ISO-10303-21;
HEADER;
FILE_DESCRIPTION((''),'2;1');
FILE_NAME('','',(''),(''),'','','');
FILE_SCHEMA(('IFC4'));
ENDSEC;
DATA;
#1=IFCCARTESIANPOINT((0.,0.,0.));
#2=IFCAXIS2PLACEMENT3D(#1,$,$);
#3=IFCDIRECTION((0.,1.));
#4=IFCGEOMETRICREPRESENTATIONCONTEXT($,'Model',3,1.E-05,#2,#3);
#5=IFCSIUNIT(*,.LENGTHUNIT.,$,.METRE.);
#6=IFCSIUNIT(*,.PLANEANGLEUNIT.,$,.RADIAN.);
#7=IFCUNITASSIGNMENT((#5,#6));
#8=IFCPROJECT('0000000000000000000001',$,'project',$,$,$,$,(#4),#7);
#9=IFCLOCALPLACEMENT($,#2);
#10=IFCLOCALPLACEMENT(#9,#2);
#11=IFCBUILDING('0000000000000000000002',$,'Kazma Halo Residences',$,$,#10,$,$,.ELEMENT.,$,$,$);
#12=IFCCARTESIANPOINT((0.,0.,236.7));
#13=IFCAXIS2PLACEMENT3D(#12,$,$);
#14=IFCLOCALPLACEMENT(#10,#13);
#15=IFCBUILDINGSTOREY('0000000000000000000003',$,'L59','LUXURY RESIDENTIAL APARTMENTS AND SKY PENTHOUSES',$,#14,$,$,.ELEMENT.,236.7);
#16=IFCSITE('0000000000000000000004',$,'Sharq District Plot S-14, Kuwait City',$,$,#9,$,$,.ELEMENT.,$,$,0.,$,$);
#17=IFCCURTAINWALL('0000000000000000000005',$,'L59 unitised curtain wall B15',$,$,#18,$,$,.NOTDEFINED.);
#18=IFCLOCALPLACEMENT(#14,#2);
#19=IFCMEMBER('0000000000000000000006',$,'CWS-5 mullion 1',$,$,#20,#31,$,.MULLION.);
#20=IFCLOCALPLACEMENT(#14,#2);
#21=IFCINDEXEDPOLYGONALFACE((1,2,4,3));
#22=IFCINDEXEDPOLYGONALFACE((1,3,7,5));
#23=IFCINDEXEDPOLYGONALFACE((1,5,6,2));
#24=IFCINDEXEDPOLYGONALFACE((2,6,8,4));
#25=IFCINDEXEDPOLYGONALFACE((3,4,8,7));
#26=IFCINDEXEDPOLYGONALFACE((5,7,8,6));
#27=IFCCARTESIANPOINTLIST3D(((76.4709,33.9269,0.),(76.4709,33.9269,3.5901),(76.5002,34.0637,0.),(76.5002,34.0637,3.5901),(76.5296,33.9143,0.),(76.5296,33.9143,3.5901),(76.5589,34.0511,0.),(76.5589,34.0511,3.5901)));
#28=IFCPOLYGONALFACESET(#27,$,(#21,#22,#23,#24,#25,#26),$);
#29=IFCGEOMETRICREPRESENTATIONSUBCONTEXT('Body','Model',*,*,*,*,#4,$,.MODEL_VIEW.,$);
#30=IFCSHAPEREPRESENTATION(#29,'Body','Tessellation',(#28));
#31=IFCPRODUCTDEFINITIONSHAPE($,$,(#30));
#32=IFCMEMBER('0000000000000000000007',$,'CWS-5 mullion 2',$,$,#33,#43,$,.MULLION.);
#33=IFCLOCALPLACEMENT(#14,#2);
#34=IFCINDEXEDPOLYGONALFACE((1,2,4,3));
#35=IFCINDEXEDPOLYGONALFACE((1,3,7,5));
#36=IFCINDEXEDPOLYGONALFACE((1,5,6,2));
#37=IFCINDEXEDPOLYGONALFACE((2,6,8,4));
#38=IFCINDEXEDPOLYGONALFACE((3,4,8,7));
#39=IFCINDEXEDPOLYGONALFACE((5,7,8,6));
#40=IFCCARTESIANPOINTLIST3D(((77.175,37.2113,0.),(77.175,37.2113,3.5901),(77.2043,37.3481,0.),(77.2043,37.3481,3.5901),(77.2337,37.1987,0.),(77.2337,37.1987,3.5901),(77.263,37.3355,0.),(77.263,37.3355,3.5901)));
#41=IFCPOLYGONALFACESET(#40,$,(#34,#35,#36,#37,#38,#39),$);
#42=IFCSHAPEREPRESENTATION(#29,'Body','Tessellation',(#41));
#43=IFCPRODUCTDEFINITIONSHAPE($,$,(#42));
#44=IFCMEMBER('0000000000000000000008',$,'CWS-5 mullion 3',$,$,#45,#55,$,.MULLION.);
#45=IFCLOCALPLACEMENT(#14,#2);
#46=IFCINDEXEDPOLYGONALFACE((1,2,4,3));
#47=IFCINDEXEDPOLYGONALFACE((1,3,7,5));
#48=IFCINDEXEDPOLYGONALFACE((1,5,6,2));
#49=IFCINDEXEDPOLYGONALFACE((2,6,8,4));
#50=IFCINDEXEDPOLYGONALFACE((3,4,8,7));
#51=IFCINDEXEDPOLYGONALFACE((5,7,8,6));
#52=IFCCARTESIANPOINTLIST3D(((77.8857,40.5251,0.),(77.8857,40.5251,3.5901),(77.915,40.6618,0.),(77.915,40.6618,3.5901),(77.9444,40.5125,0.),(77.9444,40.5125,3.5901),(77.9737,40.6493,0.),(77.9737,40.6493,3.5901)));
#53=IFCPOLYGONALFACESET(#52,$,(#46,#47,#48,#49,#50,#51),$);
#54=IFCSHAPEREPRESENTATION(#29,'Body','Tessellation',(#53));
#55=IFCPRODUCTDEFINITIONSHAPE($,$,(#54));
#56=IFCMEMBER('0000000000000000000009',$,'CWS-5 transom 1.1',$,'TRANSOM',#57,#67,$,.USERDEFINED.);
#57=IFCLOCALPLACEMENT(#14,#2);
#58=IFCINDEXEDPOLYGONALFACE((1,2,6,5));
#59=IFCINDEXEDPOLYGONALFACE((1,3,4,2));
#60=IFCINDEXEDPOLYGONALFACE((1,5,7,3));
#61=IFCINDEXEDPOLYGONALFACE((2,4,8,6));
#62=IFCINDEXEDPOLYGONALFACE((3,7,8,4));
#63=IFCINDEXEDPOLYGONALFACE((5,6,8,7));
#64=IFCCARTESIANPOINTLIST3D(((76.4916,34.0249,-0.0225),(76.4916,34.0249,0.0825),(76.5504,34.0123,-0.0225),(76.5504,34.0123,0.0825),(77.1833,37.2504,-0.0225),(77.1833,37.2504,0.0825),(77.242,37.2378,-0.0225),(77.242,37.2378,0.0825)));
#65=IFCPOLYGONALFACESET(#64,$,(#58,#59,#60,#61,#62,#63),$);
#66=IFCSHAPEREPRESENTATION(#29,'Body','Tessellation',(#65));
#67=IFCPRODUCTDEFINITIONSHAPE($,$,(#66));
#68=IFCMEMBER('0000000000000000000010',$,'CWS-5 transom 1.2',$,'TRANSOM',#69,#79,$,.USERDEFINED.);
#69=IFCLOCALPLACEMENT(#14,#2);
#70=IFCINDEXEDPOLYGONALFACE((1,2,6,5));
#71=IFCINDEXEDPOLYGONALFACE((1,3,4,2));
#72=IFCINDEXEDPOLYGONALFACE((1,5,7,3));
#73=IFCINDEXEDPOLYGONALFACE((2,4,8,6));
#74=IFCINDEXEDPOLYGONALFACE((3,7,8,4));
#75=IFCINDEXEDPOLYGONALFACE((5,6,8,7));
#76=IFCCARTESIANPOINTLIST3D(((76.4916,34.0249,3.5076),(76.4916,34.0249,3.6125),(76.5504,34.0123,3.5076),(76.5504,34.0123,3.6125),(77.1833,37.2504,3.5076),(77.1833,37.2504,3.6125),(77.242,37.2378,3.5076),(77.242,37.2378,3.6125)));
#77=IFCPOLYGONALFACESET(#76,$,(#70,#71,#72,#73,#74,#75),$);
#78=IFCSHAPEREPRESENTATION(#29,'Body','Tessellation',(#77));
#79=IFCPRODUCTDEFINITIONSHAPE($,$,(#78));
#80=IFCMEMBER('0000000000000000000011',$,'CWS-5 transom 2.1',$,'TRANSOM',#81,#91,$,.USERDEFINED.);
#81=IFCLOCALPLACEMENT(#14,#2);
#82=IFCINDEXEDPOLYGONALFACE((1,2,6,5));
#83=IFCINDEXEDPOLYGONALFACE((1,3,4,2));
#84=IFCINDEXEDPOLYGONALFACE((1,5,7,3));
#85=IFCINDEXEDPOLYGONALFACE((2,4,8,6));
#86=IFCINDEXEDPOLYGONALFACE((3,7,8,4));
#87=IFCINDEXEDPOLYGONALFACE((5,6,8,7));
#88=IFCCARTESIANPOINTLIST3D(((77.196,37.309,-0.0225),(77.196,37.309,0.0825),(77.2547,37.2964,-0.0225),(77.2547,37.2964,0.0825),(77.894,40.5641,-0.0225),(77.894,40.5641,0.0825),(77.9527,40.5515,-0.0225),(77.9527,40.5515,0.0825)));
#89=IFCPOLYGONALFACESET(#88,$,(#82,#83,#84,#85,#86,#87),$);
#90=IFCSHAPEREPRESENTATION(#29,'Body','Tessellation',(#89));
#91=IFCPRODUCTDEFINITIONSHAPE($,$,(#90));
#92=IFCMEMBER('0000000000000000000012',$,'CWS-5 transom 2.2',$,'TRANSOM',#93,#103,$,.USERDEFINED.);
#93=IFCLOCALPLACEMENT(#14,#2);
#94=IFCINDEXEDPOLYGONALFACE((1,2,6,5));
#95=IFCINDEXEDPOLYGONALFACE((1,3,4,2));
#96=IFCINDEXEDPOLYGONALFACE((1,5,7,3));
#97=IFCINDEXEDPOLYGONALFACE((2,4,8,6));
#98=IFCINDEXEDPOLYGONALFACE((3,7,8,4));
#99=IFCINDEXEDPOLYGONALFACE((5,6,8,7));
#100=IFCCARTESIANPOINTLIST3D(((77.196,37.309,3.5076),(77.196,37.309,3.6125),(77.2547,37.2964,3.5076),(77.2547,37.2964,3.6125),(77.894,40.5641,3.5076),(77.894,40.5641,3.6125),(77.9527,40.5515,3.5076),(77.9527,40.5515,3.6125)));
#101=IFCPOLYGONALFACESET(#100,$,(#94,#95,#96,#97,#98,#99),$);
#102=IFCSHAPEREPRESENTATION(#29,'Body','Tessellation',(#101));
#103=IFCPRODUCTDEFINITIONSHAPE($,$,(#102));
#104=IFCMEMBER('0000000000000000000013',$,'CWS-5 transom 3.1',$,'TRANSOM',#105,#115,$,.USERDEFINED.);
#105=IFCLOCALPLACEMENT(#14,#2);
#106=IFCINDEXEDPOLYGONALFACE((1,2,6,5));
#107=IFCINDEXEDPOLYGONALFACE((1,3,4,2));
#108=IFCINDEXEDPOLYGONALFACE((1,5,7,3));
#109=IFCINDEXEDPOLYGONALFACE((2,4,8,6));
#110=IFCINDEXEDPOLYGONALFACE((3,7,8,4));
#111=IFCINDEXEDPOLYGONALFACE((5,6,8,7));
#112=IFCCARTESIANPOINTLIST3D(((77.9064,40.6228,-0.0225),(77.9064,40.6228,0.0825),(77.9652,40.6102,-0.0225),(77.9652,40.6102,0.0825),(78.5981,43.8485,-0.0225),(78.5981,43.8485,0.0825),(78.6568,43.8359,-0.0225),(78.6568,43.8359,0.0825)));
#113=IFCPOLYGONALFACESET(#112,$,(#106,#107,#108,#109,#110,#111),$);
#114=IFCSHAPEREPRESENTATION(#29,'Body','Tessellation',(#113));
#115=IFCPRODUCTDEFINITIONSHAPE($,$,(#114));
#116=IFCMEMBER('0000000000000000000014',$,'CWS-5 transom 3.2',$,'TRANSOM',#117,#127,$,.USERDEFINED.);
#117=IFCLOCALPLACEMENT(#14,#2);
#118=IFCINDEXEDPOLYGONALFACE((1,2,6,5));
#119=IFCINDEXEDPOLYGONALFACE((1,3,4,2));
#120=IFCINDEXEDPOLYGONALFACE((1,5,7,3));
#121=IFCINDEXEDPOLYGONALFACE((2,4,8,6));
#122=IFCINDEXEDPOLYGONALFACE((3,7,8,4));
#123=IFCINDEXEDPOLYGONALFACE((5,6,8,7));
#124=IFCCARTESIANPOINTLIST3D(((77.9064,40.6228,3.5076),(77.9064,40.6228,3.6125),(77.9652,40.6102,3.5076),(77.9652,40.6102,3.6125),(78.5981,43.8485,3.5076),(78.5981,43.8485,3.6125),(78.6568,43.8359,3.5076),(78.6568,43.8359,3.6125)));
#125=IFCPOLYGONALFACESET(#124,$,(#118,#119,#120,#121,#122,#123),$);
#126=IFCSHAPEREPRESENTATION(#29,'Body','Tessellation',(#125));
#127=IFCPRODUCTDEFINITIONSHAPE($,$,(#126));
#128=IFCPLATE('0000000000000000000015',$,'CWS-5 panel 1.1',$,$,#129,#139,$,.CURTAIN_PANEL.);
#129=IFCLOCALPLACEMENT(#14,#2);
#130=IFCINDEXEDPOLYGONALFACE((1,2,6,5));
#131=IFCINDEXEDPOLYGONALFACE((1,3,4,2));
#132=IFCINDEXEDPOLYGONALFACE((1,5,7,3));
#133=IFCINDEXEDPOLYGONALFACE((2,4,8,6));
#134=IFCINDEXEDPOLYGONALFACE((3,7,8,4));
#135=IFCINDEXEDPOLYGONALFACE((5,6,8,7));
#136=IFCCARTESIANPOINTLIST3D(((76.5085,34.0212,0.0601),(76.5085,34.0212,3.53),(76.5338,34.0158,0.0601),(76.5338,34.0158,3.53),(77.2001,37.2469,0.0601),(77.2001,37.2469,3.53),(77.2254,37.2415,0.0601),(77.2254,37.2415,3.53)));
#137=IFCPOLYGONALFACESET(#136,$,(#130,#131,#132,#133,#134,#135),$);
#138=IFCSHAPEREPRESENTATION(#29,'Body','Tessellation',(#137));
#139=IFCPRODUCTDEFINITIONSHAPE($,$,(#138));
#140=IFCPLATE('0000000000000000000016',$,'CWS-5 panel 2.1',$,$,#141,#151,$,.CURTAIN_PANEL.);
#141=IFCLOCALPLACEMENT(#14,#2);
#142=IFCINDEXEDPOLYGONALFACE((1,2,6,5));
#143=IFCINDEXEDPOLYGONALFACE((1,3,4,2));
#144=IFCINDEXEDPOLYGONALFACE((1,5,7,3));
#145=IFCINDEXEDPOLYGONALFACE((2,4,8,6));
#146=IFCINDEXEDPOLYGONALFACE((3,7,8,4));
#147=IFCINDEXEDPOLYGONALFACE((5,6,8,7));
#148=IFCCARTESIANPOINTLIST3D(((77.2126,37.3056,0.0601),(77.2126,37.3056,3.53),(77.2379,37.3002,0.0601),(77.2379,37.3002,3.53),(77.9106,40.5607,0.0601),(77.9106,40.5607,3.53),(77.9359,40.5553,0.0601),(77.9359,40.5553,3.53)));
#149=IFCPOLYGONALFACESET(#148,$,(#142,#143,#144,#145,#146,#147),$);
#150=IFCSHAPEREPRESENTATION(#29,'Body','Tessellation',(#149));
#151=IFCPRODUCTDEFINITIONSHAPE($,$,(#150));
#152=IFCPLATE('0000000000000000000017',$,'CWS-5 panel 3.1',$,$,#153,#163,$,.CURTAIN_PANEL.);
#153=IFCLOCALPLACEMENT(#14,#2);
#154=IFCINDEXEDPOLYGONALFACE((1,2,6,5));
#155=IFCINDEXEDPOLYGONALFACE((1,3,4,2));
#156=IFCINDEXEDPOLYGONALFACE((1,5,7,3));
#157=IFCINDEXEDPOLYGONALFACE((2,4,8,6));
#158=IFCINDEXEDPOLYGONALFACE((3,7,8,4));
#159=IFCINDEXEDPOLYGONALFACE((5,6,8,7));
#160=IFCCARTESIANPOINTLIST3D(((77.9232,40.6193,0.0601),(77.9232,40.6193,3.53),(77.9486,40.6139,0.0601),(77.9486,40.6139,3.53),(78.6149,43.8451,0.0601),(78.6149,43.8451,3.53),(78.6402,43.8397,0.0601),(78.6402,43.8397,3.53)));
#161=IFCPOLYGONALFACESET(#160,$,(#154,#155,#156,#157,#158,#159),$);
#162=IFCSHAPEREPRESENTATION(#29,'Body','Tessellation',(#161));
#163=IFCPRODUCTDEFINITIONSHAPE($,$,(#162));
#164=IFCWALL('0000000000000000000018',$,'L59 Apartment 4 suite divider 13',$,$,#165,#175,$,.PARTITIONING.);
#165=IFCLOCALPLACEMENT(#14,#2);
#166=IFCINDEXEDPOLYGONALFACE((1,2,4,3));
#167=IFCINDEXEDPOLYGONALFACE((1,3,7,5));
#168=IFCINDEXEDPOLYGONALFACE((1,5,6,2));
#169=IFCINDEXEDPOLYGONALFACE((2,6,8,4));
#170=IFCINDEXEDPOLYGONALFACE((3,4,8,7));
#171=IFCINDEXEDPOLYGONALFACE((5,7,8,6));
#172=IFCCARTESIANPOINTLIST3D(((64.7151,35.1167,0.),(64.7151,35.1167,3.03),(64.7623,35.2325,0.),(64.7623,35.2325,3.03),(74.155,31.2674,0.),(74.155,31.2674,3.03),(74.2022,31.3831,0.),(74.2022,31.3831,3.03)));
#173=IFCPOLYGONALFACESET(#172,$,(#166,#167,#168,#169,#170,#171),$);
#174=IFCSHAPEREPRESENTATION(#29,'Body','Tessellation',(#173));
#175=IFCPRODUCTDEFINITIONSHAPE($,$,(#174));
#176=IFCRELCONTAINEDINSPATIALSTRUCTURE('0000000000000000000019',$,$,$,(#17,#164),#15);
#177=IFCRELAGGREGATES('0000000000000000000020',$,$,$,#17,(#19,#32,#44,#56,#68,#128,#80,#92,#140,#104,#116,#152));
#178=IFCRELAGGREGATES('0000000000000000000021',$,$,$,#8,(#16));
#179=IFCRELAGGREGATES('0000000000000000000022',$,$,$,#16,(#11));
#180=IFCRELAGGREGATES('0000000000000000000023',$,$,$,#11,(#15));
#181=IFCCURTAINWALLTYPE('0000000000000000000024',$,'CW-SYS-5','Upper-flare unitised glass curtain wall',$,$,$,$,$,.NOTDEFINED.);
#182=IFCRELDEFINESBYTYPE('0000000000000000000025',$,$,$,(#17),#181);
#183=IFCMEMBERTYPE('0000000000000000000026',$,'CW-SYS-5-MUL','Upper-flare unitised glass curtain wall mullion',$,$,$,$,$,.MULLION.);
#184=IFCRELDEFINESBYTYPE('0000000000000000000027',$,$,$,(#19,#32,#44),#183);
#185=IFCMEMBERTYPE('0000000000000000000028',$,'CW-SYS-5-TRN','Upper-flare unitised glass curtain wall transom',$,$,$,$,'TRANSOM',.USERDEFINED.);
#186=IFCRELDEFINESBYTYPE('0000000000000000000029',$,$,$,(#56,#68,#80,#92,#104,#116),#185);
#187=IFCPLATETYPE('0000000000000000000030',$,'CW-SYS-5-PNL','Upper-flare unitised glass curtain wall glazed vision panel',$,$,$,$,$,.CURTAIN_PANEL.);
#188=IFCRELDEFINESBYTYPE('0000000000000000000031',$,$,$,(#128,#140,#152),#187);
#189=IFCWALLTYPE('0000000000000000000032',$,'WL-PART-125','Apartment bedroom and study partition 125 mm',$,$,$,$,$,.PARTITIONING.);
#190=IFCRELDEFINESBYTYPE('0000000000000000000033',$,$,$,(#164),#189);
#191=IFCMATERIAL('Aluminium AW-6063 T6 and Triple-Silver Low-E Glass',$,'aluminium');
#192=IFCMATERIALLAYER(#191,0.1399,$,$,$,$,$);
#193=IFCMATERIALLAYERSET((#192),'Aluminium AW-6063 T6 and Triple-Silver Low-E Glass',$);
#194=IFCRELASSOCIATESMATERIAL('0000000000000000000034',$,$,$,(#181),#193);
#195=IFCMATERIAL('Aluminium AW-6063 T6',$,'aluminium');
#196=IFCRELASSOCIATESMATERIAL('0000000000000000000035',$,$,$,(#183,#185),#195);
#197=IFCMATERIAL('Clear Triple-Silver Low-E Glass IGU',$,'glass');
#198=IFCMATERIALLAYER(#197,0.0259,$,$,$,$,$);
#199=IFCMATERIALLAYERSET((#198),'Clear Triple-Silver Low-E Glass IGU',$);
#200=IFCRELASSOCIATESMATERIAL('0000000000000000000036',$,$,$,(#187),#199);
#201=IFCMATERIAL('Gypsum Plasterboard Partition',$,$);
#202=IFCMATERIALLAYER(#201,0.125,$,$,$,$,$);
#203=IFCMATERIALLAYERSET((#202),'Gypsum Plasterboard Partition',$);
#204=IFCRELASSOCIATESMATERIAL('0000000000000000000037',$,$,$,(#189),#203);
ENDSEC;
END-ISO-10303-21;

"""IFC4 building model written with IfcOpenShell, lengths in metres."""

from ifc_helpers import new_model, si_unit, direction, frame, frame_2d, origin, origin_2d, place, context, subcontext, project, spatial, rectangle, extrude, material, layer, layer_set, material_profile, profile_set, type_object, element, aggregate, save


model = new_model("IFC4")

# Units and contexts
model_context = context("Model", 3, precision=1e-05, world=origin(), true_north=direction((0.0, 1.0)))
body_context = subcontext(model_context, "Body", "Model", "MODEL_VIEW")
ifc_project = project(units=[si_unit("LENGTHUNIT", "METRE"), si_unit("PLANEANGLEUNIT", "RADIAN")], contexts=[model_context])

# Site, building, storey
site_placement = place(None, origin())
site = spatial("IfcSite", under=ifc_project, at=site_placement, Name="Sharq District Plot S-14, Kuwait City", CompositionType="ELEMENT", RefElevation=0.0)
building_placement = place(site_placement, origin())
building = spatial("IfcBuilding", under=site, at=building_placement, Name="Kazma Halo Residences", CompositionType="ELEMENT")
storey_placement = place(building_placement, frame((0.0, 0.0, 236.7)))
storey = spatial("IfcBuildingStorey", under=building, at=storey_placement, Name="L59", Description="LUXURY RESIDENTIAL APARTMENTS AND SKY PENTHOUSES", CompositionType="ELEMENT", Elevation=236.7)

# Curtain wall, members, plates
ifc_material_1 = material(Name="Aluminium AW-6063 T6 and Triple-Silver Low-E Glass", Category="aluminium")
ifc_layer_1 = layer(ifc_material_1, 0.1399)
ifc_layer_set_1 = layer_set([ifc_layer_1], Name="Aluminium AW-6063 T6 and Triple-Silver Low-E Glass")
curtain_wall_type = type_object("IfcCurtainWallType", Name="CW-SYS-5", Description="Upper-flare unitised glass curtain wall", PredefinedType="NOTDEFINED", material=ifc_layer_set_1)
curtain_wall_placement = place(storey_placement, origin())
curtain_wall = element("IfcCurtainWall", 1, at=curtain_wall_placement, inside=storey, type_object=curtain_wall_type, Name="L59 unitised curtain wall B15", PredefinedType="NOTDEFINED")
ifc_material_2 = material(Name="Aluminium AW-6063 T6", Category="aluminium")
ifc_material_profile_1 = material_profile(ifc_material_2, rectangle(XDim=0.0601, YDim=0.1399, at=origin_2d()), Name="CWM-60x140")
ifc_profile_set_1 = profile_set([ifc_material_profile_1], Name="Aluminium AW-6063 T6")
member_type_1 = type_object("IfcMemberType", Name="CW-SYS-5-MUL", Description="Upper-flare unitised glass curtain wall mullion", PredefinedType="MULLION", material=ifc_profile_set_1)
member_1_placement = place(storey_placement, frame((76.5149, 33.989, 0.0), z_axis=(0.0, 0.0, 1.0), x_axis=(-0.977775, 0.209657, 0.0)))
member_1 = element("IfcMember", 2, at=member_1_placement, type_object=member_type_1, Name="CWS-5 mullion 1", PredefinedType="MULLION", context=body_context, shape_type="SweptSolid", body=[
    extrude(rectangle(XDim=0.0601, YDim=0.1399, at=origin_2d()), origin(), (0.0, 0.0, 1.0), 3.5901),
])
member_2_placement = place(storey_placement, frame((77.219, 37.2734, 0.0), z_axis=(0.0, 0.0, 1.0), x_axis=(-0.977775, 0.209657, 0.0)))
member_2 = element("IfcMember", 3, at=member_2_placement, type_object=member_type_1, Name="CWS-5 mullion 2", PredefinedType="MULLION", context=body_context, shape_type="SweptSolid", body=[
    extrude(rectangle(XDim=0.0601, YDim=0.1399, at=origin_2d()), origin(), (0.0, 0.0, 1.0), 3.5901),
])
member_3_placement = place(storey_placement, frame((77.9297, 40.5872, 0.0), z_axis=(0.0, 0.0, 1.0), x_axis=(-0.977775, 0.209657, 0.0)))
member_3 = element("IfcMember", 4, at=member_3_placement, type_object=member_type_1, Name="CWS-5 mullion 3", PredefinedType="MULLION", context=body_context, shape_type="SweptSolid", body=[
    extrude(rectangle(XDim=0.0601, YDim=0.1399, at=origin_2d()), origin(), (0.0, 0.0, 1.0), 3.5901),
])
ifc_material_profile_2 = material_profile(ifc_material_2, rectangle(XDim=0.0601, YDim=0.105, at=origin_2d()), Name="CWT-60x105")
ifc_profile_set_2 = profile_set([ifc_material_profile_2], Name="Aluminium AW-6063 T6")
member_type_2 = type_object("IfcMemberType", Name="CW-SYS-5-TRN", Description="Upper-flare unitised glass curtain wall transom", ElementType="TRANSOM", PredefinedType="USERDEFINED", material=ifc_profile_set_2)
member_4_placement = place(storey_placement, frame((76.521, 34.0186, 0.03), z_axis=(0.20966, 0.977774, 0.0), x_axis=(-0.977774, 0.20966, 0.0)))
member_4 = element("IfcMember", 5, at=member_4_placement, type_object=member_type_2, Name="CWS-5 transom 1.1", ObjectType="TRANSOM", PredefinedType="USERDEFINED", context=body_context, shape_type="SweptSolid", body=[
    extrude(rectangle(XDim=0.0601, YDim=0.105, at=origin_2d()), origin(), (0.0, 0.0, 1.0), 3.2988),
])
member_5_placement = place(storey_placement, frame((76.521, 34.0186, 3.5601), z_axis=(0.20966, 0.977774, 0.0), x_axis=(-0.977774, 0.20966, 0.0)))
member_5 = element("IfcMember", 6, at=member_5_placement, type_object=member_type_2, Name="CWS-5 transom 1.2", ObjectType="TRANSOM", PredefinedType="USERDEFINED", context=body_context, shape_type="SweptSolid", body=[
    extrude(rectangle(XDim=0.0601, YDim=0.105, at=origin_2d()), origin(), (0.0, 0.0, 1.0), 3.2988),
])
member_6_placement = place(storey_placement, frame((77.2253, 37.3027, 0.03), z_axis=(0.209664, 0.977773, 0.0), x_axis=(-0.977773, 0.209664, 0.0)))
member_6 = element("IfcMember", 7, at=member_6_placement, type_object=member_type_2, Name="CWS-5 transom 2.1", ObjectType="TRANSOM", PredefinedType="USERDEFINED", context=body_context, shape_type="SweptSolid", body=[
    extrude(rectangle(XDim=0.0601, YDim=0.105, at=origin_2d()), origin(), (0.0, 0.0, 1.0), 3.3291),
])
member_7_placement = place(storey_placement, frame((77.2253, 37.3027, 3.5601), z_axis=(0.209664, 0.977773, 0.0), x_axis=(-0.977773, 0.209664, 0.0)))
member_7 = element("IfcMember", 8, at=member_7_placement, type_object=member_type_2, Name="CWS-5 transom 2.2", ObjectType="TRANSOM", PredefinedType="USERDEFINED", context=body_context, shape_type="SweptSolid", body=[
    extrude(rectangle(XDim=0.0601, YDim=0.105, at=origin_2d()), origin(), (0.0, 0.0, 1.0), 3.3291),
])
member_8_placement = place(storey_placement, frame((77.9358, 40.6165, 0.03), z_axis=(0.209645, 0.977777, 0.0), x_axis=(-0.977777, 0.209645, 0.0)))
member_8 = element("IfcMember", 9, at=member_8_placement, type_object=member_type_2, Name="CWS-5 transom 3.1", ObjectType="TRANSOM", PredefinedType="USERDEFINED", context=body_context, shape_type="SweptSolid", body=[
    extrude(rectangle(XDim=0.0601, YDim=0.105, at=origin_2d()), origin(), (0.0, 0.0, 1.0), 3.2991),
])
member_9_placement = place(storey_placement, frame((77.9358, 40.6165, 3.5601), z_axis=(0.209645, 0.977777, 0.0), x_axis=(-0.977777, 0.209645, 0.0)))
member_9 = element("IfcMember", 10, at=member_9_placement, type_object=member_type_2, Name="CWS-5 transom 3.2", ObjectType="TRANSOM", PredefinedType="USERDEFINED", context=body_context, shape_type="SweptSolid", body=[
    extrude(rectangle(XDim=0.0601, YDim=0.105, at=origin_2d()), origin(), (0.0, 0.0, 1.0), 3.2991),
])
ifc_material_3 = material(Name="Clear Triple-Silver Low-E Glass IGU", Category="glass")
ifc_layer_2 = layer(ifc_material_3, 0.0259)
ifc_layer_set_2 = layer_set([ifc_layer_2], Name="Clear Triple-Silver Low-E Glass IGU")
plate_type = type_object("IfcPlateType", Name="CW-SYS-5-PNL", Description="Upper-flare unitised glass curtain wall glazed vision panel", PredefinedType="CURTAIN_PANEL", material=ifc_layer_set_2)
plate_1_placement = place(storey_placement, frame((76.8669, 35.6313, 0.0601), z_axis=(0.0, 0.0, 1.0), x_axis=(0.209657, 0.977775, 0.0)))
plate_1 = element("IfcPlate", 11, at=plate_1_placement, type_object=plate_type, Name="CWS-5 panel 1.1", PredefinedType="CURTAIN_PANEL", context=body_context, shape_type="SweptSolid", body=[
    extrude(rectangle(XDim=3.2991, YDim=0.0259, at=origin_2d()), origin(), (0.0, 0.0, 1.0), 3.47),
])
plate_2_placement = place(storey_placement, frame((77.5742, 38.9304, 0.0601), z_axis=(0.0, 0.0, 1.0), x_axis=(0.209657, 0.977775, 0.0)))
plate_2 = element("IfcPlate", 12, at=plate_2_placement, type_object=plate_type, Name="CWS-5 panel 2.1", PredefinedType="CURTAIN_PANEL", context=body_context, shape_type="SweptSolid", body=[
    extrude(rectangle(XDim=3.3291, YDim=0.0259, at=origin_2d()), origin(), (0.0, 0.0, 1.0), 3.47),
])
plate_3_placement = place(storey_placement, frame((78.2817, 42.2295, 0.0601), z_axis=(0.0, 0.0, 1.0), x_axis=(0.209657, 0.977775, 0.0)))
plate_3 = element("IfcPlate", 13, at=plate_3_placement, type_object=plate_type, Name="CWS-5 panel 3.1", PredefinedType="CURTAIN_PANEL", context=body_context, shape_type="SweptSolid", body=[
    extrude(rectangle(XDim=3.2991, YDim=0.0259, at=origin_2d()), origin(), (0.0, 0.0, 1.0), 3.47),
])
aggregate(curtain_wall, [member_1, member_2, member_3, member_4, member_5, plate_1, member_6, member_7, plate_2, member_8, member_9, plate_3])

# Wall
ifc_material_4 = material(Name="Gypsum Plasterboard Partition")
ifc_layer_3 = layer(ifc_material_4, 0.125)
ifc_layer_set_3 = layer_set([ifc_layer_3], Name="Gypsum Plasterboard Partition")
wall_type_1 = type_object("IfcWallType", Name="WL-PART-125", Description="Apartment bedroom and study partition 125 mm", PredefinedType="PARTITIONING", material=ifc_layer_set_3)
wall_1_placement = place(storey_placement, frame((64.7388, 35.1746, 0.0), z_axis=(0.0, 0.0, 1.0), x_axis=(0.925974, -0.377588, 0.0)))
element("IfcWall", 14, at=wall_1_placement, inside=storey, type_object=wall_type_1, Name="L59 Apartment 4 suite divider 13", PredefinedType="PARTITIONING", context=body_context, shape_type="SweptSolid", body=[
    extrude(rectangle(XDim=10.1946, YDim=0.125, at=frame_2d((5.0972, 0.0))), origin(), (0.0, 0.0, 1.0), 3.03),
])

save(model, "model.ifc")
